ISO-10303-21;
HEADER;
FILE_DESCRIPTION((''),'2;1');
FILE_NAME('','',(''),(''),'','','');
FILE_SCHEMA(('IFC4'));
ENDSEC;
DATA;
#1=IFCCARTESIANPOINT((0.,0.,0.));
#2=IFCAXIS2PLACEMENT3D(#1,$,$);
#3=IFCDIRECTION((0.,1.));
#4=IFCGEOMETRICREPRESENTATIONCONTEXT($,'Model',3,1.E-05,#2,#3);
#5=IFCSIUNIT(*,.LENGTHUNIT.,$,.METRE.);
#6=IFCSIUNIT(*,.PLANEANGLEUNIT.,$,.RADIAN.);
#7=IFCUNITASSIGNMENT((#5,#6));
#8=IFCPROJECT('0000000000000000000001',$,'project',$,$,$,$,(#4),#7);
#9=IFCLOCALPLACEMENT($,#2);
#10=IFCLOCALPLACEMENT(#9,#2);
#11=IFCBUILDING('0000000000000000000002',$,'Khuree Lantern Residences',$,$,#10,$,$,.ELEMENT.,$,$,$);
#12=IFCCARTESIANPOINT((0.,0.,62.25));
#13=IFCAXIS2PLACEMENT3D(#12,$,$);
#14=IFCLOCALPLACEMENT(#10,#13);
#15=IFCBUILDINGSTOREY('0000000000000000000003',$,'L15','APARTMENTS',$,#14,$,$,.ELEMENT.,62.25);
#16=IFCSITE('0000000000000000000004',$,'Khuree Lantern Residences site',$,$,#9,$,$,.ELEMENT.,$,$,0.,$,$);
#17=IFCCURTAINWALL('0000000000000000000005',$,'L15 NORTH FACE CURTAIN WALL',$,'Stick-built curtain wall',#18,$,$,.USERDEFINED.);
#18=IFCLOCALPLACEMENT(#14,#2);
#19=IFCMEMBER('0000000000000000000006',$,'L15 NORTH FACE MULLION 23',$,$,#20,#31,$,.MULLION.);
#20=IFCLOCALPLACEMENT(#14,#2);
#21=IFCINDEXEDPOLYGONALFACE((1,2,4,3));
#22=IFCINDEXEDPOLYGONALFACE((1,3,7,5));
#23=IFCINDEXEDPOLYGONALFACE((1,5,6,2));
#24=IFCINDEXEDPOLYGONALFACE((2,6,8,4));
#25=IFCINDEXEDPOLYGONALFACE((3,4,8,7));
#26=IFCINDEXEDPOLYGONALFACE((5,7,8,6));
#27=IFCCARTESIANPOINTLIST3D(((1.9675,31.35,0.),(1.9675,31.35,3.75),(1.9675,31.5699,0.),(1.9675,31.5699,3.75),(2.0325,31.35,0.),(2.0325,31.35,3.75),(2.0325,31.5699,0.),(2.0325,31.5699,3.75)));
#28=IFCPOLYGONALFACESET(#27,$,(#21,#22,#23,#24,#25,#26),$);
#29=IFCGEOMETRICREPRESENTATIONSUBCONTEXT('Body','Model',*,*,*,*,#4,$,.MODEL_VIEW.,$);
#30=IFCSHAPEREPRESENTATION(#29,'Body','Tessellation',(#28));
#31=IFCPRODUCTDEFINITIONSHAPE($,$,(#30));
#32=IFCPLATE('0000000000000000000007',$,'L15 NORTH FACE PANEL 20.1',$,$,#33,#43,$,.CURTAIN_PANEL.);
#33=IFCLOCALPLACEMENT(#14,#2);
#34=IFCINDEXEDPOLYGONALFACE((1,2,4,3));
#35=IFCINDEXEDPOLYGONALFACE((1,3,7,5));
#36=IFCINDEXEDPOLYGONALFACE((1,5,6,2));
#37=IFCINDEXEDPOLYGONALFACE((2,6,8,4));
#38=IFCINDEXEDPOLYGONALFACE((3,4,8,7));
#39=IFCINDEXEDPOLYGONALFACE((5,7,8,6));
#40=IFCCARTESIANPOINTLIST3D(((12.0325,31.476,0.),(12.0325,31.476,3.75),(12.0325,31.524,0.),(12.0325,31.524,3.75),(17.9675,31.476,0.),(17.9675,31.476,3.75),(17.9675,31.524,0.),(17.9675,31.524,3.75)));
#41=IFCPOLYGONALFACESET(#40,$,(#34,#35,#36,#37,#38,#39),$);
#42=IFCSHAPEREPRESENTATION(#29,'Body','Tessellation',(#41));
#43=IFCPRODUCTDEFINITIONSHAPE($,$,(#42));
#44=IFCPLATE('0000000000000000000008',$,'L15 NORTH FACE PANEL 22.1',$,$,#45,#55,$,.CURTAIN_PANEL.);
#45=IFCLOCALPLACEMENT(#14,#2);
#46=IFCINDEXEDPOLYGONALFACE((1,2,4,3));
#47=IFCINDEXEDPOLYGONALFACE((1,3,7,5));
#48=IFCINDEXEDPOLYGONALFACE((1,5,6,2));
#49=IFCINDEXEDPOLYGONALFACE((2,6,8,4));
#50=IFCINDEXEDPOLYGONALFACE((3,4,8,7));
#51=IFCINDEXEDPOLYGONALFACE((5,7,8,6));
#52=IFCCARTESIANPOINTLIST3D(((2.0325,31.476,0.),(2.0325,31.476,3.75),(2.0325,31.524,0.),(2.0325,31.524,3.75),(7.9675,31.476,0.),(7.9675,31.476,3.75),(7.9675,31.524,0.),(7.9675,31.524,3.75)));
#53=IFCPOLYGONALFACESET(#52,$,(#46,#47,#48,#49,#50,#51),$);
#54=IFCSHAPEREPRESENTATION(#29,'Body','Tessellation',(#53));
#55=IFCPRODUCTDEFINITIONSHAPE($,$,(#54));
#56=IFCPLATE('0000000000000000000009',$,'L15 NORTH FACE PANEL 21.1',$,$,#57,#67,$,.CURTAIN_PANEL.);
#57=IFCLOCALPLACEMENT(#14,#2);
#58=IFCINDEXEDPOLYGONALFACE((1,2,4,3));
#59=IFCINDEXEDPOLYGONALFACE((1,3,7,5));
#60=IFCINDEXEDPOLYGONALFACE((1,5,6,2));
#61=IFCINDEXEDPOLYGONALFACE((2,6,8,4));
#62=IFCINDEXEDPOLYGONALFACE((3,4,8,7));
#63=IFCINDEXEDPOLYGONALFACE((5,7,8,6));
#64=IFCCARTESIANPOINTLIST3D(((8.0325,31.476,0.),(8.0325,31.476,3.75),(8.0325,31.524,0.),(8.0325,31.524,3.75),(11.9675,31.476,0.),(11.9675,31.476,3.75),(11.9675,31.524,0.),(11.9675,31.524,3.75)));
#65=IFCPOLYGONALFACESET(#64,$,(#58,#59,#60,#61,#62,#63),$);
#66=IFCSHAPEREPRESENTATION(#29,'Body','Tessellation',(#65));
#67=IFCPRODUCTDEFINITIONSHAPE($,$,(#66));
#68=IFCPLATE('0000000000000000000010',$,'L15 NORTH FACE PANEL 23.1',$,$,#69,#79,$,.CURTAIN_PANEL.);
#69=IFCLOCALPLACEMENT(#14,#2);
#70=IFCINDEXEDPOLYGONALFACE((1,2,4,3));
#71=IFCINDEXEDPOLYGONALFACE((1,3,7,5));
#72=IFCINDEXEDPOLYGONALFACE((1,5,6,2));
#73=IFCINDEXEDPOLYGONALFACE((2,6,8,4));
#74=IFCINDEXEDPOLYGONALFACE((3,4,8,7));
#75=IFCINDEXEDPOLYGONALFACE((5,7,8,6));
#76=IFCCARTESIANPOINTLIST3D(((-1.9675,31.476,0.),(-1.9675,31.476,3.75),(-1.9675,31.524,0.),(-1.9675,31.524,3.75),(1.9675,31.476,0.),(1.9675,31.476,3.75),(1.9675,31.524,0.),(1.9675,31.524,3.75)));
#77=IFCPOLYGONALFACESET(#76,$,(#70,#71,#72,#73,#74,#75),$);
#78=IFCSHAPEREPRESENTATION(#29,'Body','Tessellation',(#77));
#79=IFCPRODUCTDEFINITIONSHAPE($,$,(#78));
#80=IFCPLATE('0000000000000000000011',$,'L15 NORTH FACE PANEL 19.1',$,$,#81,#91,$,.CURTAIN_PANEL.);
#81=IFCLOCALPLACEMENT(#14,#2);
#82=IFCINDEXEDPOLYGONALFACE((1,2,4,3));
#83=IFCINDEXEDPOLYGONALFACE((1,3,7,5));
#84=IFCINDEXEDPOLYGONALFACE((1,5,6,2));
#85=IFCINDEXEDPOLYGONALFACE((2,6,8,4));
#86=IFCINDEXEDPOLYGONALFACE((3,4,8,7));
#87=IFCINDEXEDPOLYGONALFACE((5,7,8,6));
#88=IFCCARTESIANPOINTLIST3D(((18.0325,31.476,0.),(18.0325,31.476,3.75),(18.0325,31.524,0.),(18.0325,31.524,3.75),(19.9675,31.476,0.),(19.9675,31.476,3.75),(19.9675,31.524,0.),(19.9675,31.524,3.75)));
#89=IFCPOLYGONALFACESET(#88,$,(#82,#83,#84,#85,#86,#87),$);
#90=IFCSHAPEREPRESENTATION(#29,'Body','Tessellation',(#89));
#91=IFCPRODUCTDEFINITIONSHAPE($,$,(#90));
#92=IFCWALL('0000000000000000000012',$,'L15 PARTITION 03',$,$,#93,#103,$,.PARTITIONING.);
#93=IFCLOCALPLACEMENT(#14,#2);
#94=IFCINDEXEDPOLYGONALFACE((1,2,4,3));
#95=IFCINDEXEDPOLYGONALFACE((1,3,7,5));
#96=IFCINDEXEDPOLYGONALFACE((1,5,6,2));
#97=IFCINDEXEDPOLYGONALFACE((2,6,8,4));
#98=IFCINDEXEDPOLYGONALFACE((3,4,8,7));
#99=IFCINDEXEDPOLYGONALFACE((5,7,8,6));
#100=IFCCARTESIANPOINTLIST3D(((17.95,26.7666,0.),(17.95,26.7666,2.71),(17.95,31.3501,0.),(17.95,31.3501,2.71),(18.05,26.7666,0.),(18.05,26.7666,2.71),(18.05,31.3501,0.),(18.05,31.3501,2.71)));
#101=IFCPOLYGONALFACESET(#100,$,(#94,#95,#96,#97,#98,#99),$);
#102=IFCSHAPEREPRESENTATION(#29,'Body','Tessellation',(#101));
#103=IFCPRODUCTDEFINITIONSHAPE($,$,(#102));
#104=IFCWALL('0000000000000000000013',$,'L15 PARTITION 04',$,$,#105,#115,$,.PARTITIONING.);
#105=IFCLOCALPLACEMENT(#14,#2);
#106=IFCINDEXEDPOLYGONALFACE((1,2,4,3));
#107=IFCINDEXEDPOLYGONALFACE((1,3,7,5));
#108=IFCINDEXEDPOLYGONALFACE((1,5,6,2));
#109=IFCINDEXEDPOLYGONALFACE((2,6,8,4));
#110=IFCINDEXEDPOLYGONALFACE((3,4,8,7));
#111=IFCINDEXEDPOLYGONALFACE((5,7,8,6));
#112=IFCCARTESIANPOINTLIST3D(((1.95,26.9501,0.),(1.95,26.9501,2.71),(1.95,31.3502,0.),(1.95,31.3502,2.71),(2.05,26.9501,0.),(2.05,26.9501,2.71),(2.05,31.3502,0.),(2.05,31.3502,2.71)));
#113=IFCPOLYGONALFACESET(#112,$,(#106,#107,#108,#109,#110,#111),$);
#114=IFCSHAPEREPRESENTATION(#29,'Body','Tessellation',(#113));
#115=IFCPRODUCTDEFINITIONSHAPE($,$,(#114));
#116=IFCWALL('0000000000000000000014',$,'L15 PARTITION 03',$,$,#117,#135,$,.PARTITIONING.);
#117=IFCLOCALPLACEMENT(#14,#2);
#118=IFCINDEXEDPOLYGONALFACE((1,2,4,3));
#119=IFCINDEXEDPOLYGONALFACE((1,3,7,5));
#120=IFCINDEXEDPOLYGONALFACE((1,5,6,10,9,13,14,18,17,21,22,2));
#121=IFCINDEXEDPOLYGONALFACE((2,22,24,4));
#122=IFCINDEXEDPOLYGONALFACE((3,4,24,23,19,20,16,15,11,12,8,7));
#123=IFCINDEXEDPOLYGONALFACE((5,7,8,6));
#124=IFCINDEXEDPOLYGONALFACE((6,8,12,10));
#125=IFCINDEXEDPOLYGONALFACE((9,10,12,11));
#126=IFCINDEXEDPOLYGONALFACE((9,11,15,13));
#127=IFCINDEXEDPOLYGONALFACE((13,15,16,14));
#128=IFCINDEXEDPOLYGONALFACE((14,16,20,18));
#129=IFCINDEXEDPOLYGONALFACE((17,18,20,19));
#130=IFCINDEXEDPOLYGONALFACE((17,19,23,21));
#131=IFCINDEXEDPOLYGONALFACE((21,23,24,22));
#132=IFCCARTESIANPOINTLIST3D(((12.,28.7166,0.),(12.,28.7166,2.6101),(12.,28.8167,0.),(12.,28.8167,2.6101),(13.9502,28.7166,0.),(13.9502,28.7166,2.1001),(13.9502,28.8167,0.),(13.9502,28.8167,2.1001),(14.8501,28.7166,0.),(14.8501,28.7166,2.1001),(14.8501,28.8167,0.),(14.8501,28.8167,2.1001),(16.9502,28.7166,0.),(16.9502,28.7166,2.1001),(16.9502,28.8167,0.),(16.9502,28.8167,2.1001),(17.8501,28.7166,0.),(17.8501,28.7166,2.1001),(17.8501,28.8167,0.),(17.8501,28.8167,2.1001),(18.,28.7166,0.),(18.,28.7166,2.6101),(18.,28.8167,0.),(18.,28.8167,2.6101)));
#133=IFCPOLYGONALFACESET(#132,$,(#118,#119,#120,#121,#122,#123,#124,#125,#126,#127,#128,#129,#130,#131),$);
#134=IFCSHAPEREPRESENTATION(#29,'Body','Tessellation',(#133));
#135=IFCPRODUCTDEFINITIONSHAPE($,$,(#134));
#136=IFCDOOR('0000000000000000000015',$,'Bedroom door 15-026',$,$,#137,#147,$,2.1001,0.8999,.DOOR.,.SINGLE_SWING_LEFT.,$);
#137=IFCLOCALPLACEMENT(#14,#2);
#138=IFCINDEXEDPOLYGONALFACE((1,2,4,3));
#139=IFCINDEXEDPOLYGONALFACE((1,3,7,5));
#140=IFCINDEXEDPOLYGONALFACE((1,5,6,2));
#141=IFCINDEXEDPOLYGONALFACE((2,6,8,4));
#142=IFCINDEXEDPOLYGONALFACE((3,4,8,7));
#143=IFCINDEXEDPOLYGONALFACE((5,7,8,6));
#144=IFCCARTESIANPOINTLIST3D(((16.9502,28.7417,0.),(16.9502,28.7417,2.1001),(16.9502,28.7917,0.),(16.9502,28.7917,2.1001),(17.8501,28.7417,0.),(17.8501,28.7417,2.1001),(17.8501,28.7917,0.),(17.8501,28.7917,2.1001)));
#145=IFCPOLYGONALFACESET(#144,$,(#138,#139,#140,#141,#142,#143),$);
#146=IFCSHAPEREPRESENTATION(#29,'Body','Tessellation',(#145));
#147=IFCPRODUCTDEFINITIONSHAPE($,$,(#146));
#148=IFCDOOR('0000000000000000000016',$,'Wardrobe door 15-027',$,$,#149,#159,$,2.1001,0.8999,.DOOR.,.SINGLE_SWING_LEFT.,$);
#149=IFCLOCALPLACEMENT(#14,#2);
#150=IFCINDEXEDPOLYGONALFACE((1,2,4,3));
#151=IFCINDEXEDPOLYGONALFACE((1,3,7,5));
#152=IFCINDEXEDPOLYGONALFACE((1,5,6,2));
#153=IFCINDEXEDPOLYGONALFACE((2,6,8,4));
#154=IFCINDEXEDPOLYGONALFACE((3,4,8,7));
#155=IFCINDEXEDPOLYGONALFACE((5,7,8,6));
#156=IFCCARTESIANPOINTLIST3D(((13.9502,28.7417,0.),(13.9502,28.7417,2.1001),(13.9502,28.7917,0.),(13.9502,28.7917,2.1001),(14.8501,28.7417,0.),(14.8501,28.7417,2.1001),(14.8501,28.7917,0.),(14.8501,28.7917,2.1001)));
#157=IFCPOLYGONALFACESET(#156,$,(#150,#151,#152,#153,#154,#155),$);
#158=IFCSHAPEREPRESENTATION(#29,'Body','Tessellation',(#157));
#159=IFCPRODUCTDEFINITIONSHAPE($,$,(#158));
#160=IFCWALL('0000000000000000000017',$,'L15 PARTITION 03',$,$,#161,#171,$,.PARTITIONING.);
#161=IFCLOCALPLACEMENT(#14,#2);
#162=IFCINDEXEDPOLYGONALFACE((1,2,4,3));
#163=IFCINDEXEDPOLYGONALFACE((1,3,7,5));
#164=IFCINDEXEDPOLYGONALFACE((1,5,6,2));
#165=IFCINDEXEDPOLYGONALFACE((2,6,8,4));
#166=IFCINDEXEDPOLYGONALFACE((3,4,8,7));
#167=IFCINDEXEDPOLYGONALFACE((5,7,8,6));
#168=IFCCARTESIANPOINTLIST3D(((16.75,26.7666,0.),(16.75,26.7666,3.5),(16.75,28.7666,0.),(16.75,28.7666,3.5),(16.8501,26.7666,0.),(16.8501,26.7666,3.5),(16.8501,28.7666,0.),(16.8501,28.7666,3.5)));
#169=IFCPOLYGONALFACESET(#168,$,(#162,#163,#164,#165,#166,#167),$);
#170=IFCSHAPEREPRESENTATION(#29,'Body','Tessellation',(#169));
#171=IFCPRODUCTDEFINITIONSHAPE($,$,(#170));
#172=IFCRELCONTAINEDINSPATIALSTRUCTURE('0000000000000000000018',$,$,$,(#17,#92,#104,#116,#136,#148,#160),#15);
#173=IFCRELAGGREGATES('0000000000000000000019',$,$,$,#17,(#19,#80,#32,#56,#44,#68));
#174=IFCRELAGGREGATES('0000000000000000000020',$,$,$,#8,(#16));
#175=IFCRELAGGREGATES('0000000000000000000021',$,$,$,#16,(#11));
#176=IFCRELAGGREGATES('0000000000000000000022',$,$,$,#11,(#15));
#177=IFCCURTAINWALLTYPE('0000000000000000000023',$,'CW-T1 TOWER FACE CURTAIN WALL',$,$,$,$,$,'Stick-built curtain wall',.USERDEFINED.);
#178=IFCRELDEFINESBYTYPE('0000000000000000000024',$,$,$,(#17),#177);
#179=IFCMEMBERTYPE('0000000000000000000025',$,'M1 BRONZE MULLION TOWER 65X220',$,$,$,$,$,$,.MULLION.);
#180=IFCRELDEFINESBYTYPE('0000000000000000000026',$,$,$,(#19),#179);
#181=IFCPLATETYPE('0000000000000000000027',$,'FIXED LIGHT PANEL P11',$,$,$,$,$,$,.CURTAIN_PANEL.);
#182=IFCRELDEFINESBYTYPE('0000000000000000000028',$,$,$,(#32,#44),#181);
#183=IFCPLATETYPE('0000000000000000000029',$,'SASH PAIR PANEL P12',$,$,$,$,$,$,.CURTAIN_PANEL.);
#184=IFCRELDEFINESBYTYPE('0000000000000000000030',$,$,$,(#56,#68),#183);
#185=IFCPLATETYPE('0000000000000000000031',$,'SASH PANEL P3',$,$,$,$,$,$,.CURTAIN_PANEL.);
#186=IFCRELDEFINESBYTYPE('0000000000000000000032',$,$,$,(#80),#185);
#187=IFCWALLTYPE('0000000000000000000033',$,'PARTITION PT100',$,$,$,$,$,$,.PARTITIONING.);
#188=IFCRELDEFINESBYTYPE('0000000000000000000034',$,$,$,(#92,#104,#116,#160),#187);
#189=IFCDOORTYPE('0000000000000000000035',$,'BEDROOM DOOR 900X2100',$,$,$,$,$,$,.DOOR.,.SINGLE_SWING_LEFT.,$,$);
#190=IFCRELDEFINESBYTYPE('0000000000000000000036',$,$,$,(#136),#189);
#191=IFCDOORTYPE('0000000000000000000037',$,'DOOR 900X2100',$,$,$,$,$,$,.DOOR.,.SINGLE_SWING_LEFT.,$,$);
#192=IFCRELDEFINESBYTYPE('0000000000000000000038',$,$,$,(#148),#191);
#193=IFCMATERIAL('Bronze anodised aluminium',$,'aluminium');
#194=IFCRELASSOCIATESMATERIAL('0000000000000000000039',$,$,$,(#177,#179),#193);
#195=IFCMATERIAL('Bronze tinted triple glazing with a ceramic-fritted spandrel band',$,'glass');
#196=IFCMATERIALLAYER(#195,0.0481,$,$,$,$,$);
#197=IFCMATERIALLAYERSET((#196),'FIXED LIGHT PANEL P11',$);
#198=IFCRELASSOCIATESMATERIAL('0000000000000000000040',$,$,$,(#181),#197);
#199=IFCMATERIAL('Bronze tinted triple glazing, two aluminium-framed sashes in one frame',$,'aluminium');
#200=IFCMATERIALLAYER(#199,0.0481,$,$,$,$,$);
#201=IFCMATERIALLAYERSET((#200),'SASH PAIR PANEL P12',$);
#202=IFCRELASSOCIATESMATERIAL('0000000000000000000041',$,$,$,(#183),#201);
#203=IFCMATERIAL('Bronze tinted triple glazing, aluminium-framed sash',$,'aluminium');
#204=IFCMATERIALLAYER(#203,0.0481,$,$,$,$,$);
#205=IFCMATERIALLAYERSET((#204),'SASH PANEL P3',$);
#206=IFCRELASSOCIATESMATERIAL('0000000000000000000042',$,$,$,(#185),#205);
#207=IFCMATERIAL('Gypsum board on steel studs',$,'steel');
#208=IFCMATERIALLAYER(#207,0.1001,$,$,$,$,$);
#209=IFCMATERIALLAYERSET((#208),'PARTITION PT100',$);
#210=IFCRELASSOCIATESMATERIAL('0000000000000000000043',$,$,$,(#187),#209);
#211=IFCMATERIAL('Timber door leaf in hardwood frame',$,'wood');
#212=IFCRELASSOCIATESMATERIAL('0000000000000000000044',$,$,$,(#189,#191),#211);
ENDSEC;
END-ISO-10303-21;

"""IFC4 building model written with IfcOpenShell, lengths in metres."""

from ifc_helpers import new_model, si_unit, direction, frame, frame_2d, origin, origin_2d, place, context, subcontext, project, spatial, rectangle, extrude, material, layer, layer_set, material_profile, profile_set, type_object, element, fill, aggregate, save


model = new_model("IFC4")

# Units and contexts
model_context = context("Model", 3, precision=1e-05, world=origin(), true_north=direction((0.0, 1.0)))
body_context = subcontext(model_context, "Body", "Model", "MODEL_VIEW")
ifc_project = project(units=[si_unit("LENGTHUNIT", "METRE"), si_unit("PLANEANGLEUNIT", "RADIAN")], contexts=[model_context])

# Site, building, storey
site_placement = place(None, origin())
site = spatial("IfcSite", under=ifc_project, at=site_placement, Name="Khuree Lantern Residences site", CompositionType="ELEMENT", RefElevation=0.0)
building_placement = place(site_placement, origin())
building = spatial("IfcBuilding", under=site, at=building_placement, Name="Khuree Lantern Residences", CompositionType="ELEMENT")
storey_placement = place(building_placement, frame((0.0, 0.0, 62.25)))
storey = spatial("IfcBuildingStorey", under=building, at=storey_placement, Name="L15", Description="APARTMENTS", CompositionType="ELEMENT", Elevation=62.25)

# Curtain wall
ifc_material_1 = material(Name="Bronze anodised aluminium", Category="aluminium")
curtain_wall_type = type_object("IfcCurtainWallType", Name="CW-T1 TOWER FACE CURTAIN WALL", ElementType="Stick-built curtain wall", PredefinedType="USERDEFINED", material=ifc_material_1)
curtain_wall_placement = place(storey_placement, origin())
curtain_wall = element("IfcCurtainWall", 1, at=curtain_wall_placement, inside=storey, type_object=curtain_wall_type, Name="L15 NORTH FACE CURTAIN WALL", ObjectType="Stick-built curtain wall", PredefinedType="USERDEFINED")

# Member
ifc_material_profile_1 = material_profile(ifc_material_1, rectangle(XDim=0.0649, YDim=0.22, at=origin_2d()), Name="M1 65X220")
ifc_profile_set_1 = profile_set([ifc_material_profile_1], Name="Bronze anodised aluminium")
member_type_1 = type_object("IfcMemberType", Name="M1 BRONZE MULLION TOWER 65X220", PredefinedType="MULLION", material=ifc_profile_set_1)
member_1_placement = place(storey_placement, frame((2.0, 31.46, 0.0), z_axis=(0.0, 0.0, 1.0), x_axis=(-1.0, 0.0, 0.0)))
member_1 = element("IfcMember", 2, at=member_1_placement, type_object=member_type_1, Name="L15 NORTH FACE MULLION 23", PredefinedType="MULLION", context=body_context, shape_type="SweptSolid", body=[
    extrude(rectangle(XDim=0.0649, YDim=0.22, at=origin_2d()), origin(), (0.0, 0.0, 1.0), 3.75),
])

# Plates
ifc_material_2 = material(Name="Bronze tinted triple glazing with a ceramic-fritted spandrel band", Category="glass")
ifc_layer_1 = layer(ifc_material_2, 0.0481)
ifc_layer_set_1 = layer_set([ifc_layer_1], Name="FIXED LIGHT PANEL P11")
plate_type_1 = type_object("IfcPlateType", Name="FIXED LIGHT PANEL P11", PredefinedType="CURTAIN_PANEL", material=ifc_layer_set_1)
plate_1_placement = place(storey_placement, frame((15.0, 31.5, 0.0), z_axis=(0.0, 0.0, 1.0), x_axis=(-1.0, 0.0, 0.0)))
plate_1 = element("IfcPlate", 3, at=plate_1_placement, type_object=plate_type_1, Name="L15 NORTH FACE PANEL 20.1", PredefinedType="CURTAIN_PANEL", context=body_context, shape_type="SweptSolid", body=[
    extrude(rectangle(XDim=5.9351, YDim=0.0481, at=origin_2d()), origin(), (0.0, 0.0, 1.0), 3.75),
])
plate_2_placement = place(storey_placement, frame((5.0, 31.5, 0.0), z_axis=(0.0, 0.0, 1.0), x_axis=(-1.0, 0.0, 0.0)))
plate_2 = element("IfcPlate", 4, at=plate_2_placement, type_object=plate_type_1, Name="L15 NORTH FACE PANEL 22.1", PredefinedType="CURTAIN_PANEL", context=body_context, shape_type="SweptSolid", body=[
    extrude(rectangle(XDim=5.9351, YDim=0.0481, at=origin_2d()), origin(), (0.0, 0.0, 1.0), 3.75),
])
ifc_material_3 = material(Name="Bronze tinted triple glazing, two aluminium-framed sashes in one frame", Category="aluminium")
ifc_layer_2 = layer(ifc_material_3, 0.0481)
ifc_layer_set_2 = layer_set([ifc_layer_2], Name="SASH PAIR PANEL P12")
plate_type_2 = type_object("IfcPlateType", Name="SASH PAIR PANEL P12", PredefinedType="CURTAIN_PANEL", material=ifc_layer_set_2)
plate_3_placement = place(storey_placement, frame((10.0, 31.5, 0.0), z_axis=(0.0, 0.0, 1.0), x_axis=(-1.0, 0.0, 0.0)))
plate_3 = element("IfcPlate", 5, at=plate_3_placement, type_object=plate_type_2, Name="L15 NORTH FACE PANEL 21.1", PredefinedType="CURTAIN_PANEL", context=body_context, shape_type="SweptSolid", body=[
    extrude(rectangle(XDim=3.9351, YDim=0.0481, at=origin_2d()), origin(), (0.0, 0.0, 1.0), 3.75),
])
plate_4_placement = place(storey_placement, frame((0.0, 31.5, 0.0), z_axis=(0.0, 0.0, 1.0), x_axis=(-1.0, 0.0, 0.0)))
plate_4 = element("IfcPlate", 6, at=plate_4_placement, type_object=plate_type_2, Name="L15 NORTH FACE PANEL 23.1", PredefinedType="CURTAIN_PANEL", context=body_context, shape_type="SweptSolid", body=[
    extrude(rectangle(XDim=3.9351, YDim=0.0481, at=origin_2d()), origin(), (0.0, 0.0, 1.0), 3.75),
])
ifc_material_4 = material(Name="Bronze tinted triple glazing, aluminium-framed sash", Category="aluminium")
ifc_layer_3 = layer(ifc_material_4, 0.0481)
ifc_layer_set_3 = layer_set([ifc_layer_3], Name="SASH PANEL P3")
plate_type_3 = type_object("IfcPlateType", Name="SASH PANEL P3", PredefinedType="CURTAIN_PANEL", material=ifc_layer_set_3)
plate_5_placement = place(storey_placement, frame((19.0, 31.5, 0.0), z_axis=(0.0, 0.0, 1.0), x_axis=(-1.0, 0.0, 0.0)))
plate_5 = element("IfcPlate", 7, at=plate_5_placement, type_object=plate_type_3, Name="L15 NORTH FACE PANEL 19.1", PredefinedType="CURTAIN_PANEL", context=body_context, shape_type="SweptSolid", body=[
    extrude(rectangle(XDim=1.9351, YDim=0.0481, at=origin_2d()), origin(), (0.0, 0.0, 1.0), 3.75),
])
aggregate(curtain_wall, [member_1, plate_5, plate_1, plate_3, plate_2, plate_4])

# Walls
ifc_material_5 = material(Name="Gypsum board on steel studs", Category="steel")
ifc_layer_4 = layer(ifc_material_5, 0.1001)
ifc_layer_set_4 = layer_set([ifc_layer_4], Name="PARTITION PT100")
wall_type = type_object("IfcWallType", Name="PARTITION PT100", PredefinedType="PARTITIONING", material=ifc_layer_set_4)
wall_1_placement = place(storey_placement, frame((18.0, 26.7666, 0.0), z_axis=(0.0, 0.0, 1.0), x_axis=(0.0, 1.0, 0.0)))
element("IfcWall", 8, at=wall_1_placement, inside=storey, type_object=wall_type, Name="L15 PARTITION 03", PredefinedType="PARTITIONING", context=body_context, shape_type="SweptSolid", body=[
    extrude(rectangle(XDim=4.5835, YDim=0.1001, at=frame_2d((2.2917, 0.0))), origin(), (0.0, 0.0, 1.0), 2.71),
])
wall_2_placement = place(storey_placement, frame((2.0, 26.95, 0.0), z_axis=(0.0, 0.0, 1.0), x_axis=(0.0, 1.0, 0.0)))
element("IfcWall", 9, at=wall_2_placement, inside=storey, type_object=wall_type, Name="L15 PARTITION 04", PredefinedType="PARTITIONING", context=body_context, shape_type="SweptSolid", body=[
    extrude(rectangle(XDim=4.4001, YDim=0.1001, at=frame_2d((2.2002, 0.0))), origin(), (0.0, 0.0, 1.0), 2.71),
])

# Wall, openings, doors
wall_3_placement = place(storey_placement, frame((18.0, 28.7666, 0.0), z_axis=(0.0, 0.0, 1.0), x_axis=(-1.0, 0.0, 0.0)))
wall_3 = element("IfcWall", 10, at=wall_3_placement, inside=storey, type_object=wall_type, Name="L15 PARTITION 03", PredefinedType="PARTITIONING", context=body_context, shape_type="SweptSolid", body=[
    extrude(rectangle(XDim=6.0, YDim=0.1001, at=frame_2d((3.0, 0.0))), origin(), (0.0, 0.0, 1.0), 2.6101),
])
opening_1_placement = place(wall_3_placement, frame((0.1499, 0.0, 0.0)))
opening_1 = element("IfcOpeningElement", 11, at=opening_1_placement, cuts=wall_3, PredefinedType="OPENING", context=body_context, shape_type="SweptSolid", body=[
    extrude(rectangle(XDim=0.8999, YDim=2.1001, at=frame_2d((0.45, 1.05))), frame((0.0, 0.0601, 0.0), z_axis=(0.0, -1.0, 0.0), x_axis=(1.0, 0.0, 0.0)), (0.0, 0.0, 1.0), 0.1201),
])
opening_2_placement = place(wall_3_placement, frame((3.1499, 0.0, 0.0)))
opening_2 = element("IfcOpeningElement", 12, at=opening_2_placement, cuts=wall_3, PredefinedType="OPENING", context=body_context, shape_type="SweptSolid", body=[
    extrude(rectangle(XDim=0.8999, YDim=2.1001, at=frame_2d((0.45, 1.05))), frame((0.0, 0.0601, 0.0), z_axis=(0.0, -1.0, 0.0), x_axis=(1.0, 0.0, 0.0)), (0.0, 0.0, 1.0), 0.1201),
])
ifc_material_6 = material(Name="Timber door leaf in hardwood frame", Category="wood")
door_type_1 = type_object("IfcDoorType", Name="BEDROOM DOOR 900X2100", OperationType="SINGLE_SWING_LEFT", PredefinedType="DOOR", material=ifc_material_6)
door_1_placement = place(opening_1_placement, origin())
door_1 = element("IfcDoor", 13, at=door_1_placement, inside=storey, type_object=door_type_1, Name="Bedroom door 15-026", OperationType="SINGLE_SWING_LEFT", OverallHeight=2.1001, OverallWidth=0.8999, PredefinedType="DOOR", context=body_context, shape_type="SweptSolid", body=[
    extrude(rectangle(XDim=0.8999, YDim=2.1001, at=frame_2d((0.45, 1.05))), frame((0.0, 0.0249, 0.0), z_axis=(0.0, -1.0, 0.0), x_axis=(1.0, 0.0, 0.0)), (0.0, 0.0, 1.0), 0.05),
])
fill(opening_1, door_1)
door_type_2 = type_object("IfcDoorType", Name="DOOR 900X2100", OperationType="SINGLE_SWING_LEFT", PredefinedType="DOOR", material=ifc_material_6)
door_2_placement = place(opening_2_placement, origin())
door_2 = element("IfcDoor", 14, at=door_2_placement, inside=storey, type_object=door_type_2, Name="Wardrobe door 15-027", OperationType="SINGLE_SWING_LEFT", OverallHeight=2.1001, OverallWidth=0.8999, PredefinedType="DOOR", context=body_context, shape_type="SweptSolid", body=[
    extrude(rectangle(XDim=0.8999, YDim=2.1001, at=frame_2d((0.45, 1.05))), frame((0.0, 0.0249, 0.0), z_axis=(0.0, -1.0, 0.0), x_axis=(1.0, 0.0, 0.0)), (0.0, 0.0, 1.0), 0.05),
])
fill(opening_2, door_2)

# Wall
wall_4_placement = place(storey_placement, frame((16.8, 26.7666, 0.0), z_axis=(0.0, 0.0, 1.0), x_axis=(0.0, 1.0, 0.0)))
element("IfcWall", 15, at=wall_4_placement, inside=storey, type_object=wall_type, Name="L15 PARTITION 03", PredefinedType="PARTITIONING", context=body_context, shape_type="SweptSolid", body=[
    extrude(rectangle(XDim=2.0, YDim=0.1001, at=frame_2d((1.0, 0.0))), origin(), (0.0, 0.0, 1.0), 3.5),
])

save(model, "model.ifc")
